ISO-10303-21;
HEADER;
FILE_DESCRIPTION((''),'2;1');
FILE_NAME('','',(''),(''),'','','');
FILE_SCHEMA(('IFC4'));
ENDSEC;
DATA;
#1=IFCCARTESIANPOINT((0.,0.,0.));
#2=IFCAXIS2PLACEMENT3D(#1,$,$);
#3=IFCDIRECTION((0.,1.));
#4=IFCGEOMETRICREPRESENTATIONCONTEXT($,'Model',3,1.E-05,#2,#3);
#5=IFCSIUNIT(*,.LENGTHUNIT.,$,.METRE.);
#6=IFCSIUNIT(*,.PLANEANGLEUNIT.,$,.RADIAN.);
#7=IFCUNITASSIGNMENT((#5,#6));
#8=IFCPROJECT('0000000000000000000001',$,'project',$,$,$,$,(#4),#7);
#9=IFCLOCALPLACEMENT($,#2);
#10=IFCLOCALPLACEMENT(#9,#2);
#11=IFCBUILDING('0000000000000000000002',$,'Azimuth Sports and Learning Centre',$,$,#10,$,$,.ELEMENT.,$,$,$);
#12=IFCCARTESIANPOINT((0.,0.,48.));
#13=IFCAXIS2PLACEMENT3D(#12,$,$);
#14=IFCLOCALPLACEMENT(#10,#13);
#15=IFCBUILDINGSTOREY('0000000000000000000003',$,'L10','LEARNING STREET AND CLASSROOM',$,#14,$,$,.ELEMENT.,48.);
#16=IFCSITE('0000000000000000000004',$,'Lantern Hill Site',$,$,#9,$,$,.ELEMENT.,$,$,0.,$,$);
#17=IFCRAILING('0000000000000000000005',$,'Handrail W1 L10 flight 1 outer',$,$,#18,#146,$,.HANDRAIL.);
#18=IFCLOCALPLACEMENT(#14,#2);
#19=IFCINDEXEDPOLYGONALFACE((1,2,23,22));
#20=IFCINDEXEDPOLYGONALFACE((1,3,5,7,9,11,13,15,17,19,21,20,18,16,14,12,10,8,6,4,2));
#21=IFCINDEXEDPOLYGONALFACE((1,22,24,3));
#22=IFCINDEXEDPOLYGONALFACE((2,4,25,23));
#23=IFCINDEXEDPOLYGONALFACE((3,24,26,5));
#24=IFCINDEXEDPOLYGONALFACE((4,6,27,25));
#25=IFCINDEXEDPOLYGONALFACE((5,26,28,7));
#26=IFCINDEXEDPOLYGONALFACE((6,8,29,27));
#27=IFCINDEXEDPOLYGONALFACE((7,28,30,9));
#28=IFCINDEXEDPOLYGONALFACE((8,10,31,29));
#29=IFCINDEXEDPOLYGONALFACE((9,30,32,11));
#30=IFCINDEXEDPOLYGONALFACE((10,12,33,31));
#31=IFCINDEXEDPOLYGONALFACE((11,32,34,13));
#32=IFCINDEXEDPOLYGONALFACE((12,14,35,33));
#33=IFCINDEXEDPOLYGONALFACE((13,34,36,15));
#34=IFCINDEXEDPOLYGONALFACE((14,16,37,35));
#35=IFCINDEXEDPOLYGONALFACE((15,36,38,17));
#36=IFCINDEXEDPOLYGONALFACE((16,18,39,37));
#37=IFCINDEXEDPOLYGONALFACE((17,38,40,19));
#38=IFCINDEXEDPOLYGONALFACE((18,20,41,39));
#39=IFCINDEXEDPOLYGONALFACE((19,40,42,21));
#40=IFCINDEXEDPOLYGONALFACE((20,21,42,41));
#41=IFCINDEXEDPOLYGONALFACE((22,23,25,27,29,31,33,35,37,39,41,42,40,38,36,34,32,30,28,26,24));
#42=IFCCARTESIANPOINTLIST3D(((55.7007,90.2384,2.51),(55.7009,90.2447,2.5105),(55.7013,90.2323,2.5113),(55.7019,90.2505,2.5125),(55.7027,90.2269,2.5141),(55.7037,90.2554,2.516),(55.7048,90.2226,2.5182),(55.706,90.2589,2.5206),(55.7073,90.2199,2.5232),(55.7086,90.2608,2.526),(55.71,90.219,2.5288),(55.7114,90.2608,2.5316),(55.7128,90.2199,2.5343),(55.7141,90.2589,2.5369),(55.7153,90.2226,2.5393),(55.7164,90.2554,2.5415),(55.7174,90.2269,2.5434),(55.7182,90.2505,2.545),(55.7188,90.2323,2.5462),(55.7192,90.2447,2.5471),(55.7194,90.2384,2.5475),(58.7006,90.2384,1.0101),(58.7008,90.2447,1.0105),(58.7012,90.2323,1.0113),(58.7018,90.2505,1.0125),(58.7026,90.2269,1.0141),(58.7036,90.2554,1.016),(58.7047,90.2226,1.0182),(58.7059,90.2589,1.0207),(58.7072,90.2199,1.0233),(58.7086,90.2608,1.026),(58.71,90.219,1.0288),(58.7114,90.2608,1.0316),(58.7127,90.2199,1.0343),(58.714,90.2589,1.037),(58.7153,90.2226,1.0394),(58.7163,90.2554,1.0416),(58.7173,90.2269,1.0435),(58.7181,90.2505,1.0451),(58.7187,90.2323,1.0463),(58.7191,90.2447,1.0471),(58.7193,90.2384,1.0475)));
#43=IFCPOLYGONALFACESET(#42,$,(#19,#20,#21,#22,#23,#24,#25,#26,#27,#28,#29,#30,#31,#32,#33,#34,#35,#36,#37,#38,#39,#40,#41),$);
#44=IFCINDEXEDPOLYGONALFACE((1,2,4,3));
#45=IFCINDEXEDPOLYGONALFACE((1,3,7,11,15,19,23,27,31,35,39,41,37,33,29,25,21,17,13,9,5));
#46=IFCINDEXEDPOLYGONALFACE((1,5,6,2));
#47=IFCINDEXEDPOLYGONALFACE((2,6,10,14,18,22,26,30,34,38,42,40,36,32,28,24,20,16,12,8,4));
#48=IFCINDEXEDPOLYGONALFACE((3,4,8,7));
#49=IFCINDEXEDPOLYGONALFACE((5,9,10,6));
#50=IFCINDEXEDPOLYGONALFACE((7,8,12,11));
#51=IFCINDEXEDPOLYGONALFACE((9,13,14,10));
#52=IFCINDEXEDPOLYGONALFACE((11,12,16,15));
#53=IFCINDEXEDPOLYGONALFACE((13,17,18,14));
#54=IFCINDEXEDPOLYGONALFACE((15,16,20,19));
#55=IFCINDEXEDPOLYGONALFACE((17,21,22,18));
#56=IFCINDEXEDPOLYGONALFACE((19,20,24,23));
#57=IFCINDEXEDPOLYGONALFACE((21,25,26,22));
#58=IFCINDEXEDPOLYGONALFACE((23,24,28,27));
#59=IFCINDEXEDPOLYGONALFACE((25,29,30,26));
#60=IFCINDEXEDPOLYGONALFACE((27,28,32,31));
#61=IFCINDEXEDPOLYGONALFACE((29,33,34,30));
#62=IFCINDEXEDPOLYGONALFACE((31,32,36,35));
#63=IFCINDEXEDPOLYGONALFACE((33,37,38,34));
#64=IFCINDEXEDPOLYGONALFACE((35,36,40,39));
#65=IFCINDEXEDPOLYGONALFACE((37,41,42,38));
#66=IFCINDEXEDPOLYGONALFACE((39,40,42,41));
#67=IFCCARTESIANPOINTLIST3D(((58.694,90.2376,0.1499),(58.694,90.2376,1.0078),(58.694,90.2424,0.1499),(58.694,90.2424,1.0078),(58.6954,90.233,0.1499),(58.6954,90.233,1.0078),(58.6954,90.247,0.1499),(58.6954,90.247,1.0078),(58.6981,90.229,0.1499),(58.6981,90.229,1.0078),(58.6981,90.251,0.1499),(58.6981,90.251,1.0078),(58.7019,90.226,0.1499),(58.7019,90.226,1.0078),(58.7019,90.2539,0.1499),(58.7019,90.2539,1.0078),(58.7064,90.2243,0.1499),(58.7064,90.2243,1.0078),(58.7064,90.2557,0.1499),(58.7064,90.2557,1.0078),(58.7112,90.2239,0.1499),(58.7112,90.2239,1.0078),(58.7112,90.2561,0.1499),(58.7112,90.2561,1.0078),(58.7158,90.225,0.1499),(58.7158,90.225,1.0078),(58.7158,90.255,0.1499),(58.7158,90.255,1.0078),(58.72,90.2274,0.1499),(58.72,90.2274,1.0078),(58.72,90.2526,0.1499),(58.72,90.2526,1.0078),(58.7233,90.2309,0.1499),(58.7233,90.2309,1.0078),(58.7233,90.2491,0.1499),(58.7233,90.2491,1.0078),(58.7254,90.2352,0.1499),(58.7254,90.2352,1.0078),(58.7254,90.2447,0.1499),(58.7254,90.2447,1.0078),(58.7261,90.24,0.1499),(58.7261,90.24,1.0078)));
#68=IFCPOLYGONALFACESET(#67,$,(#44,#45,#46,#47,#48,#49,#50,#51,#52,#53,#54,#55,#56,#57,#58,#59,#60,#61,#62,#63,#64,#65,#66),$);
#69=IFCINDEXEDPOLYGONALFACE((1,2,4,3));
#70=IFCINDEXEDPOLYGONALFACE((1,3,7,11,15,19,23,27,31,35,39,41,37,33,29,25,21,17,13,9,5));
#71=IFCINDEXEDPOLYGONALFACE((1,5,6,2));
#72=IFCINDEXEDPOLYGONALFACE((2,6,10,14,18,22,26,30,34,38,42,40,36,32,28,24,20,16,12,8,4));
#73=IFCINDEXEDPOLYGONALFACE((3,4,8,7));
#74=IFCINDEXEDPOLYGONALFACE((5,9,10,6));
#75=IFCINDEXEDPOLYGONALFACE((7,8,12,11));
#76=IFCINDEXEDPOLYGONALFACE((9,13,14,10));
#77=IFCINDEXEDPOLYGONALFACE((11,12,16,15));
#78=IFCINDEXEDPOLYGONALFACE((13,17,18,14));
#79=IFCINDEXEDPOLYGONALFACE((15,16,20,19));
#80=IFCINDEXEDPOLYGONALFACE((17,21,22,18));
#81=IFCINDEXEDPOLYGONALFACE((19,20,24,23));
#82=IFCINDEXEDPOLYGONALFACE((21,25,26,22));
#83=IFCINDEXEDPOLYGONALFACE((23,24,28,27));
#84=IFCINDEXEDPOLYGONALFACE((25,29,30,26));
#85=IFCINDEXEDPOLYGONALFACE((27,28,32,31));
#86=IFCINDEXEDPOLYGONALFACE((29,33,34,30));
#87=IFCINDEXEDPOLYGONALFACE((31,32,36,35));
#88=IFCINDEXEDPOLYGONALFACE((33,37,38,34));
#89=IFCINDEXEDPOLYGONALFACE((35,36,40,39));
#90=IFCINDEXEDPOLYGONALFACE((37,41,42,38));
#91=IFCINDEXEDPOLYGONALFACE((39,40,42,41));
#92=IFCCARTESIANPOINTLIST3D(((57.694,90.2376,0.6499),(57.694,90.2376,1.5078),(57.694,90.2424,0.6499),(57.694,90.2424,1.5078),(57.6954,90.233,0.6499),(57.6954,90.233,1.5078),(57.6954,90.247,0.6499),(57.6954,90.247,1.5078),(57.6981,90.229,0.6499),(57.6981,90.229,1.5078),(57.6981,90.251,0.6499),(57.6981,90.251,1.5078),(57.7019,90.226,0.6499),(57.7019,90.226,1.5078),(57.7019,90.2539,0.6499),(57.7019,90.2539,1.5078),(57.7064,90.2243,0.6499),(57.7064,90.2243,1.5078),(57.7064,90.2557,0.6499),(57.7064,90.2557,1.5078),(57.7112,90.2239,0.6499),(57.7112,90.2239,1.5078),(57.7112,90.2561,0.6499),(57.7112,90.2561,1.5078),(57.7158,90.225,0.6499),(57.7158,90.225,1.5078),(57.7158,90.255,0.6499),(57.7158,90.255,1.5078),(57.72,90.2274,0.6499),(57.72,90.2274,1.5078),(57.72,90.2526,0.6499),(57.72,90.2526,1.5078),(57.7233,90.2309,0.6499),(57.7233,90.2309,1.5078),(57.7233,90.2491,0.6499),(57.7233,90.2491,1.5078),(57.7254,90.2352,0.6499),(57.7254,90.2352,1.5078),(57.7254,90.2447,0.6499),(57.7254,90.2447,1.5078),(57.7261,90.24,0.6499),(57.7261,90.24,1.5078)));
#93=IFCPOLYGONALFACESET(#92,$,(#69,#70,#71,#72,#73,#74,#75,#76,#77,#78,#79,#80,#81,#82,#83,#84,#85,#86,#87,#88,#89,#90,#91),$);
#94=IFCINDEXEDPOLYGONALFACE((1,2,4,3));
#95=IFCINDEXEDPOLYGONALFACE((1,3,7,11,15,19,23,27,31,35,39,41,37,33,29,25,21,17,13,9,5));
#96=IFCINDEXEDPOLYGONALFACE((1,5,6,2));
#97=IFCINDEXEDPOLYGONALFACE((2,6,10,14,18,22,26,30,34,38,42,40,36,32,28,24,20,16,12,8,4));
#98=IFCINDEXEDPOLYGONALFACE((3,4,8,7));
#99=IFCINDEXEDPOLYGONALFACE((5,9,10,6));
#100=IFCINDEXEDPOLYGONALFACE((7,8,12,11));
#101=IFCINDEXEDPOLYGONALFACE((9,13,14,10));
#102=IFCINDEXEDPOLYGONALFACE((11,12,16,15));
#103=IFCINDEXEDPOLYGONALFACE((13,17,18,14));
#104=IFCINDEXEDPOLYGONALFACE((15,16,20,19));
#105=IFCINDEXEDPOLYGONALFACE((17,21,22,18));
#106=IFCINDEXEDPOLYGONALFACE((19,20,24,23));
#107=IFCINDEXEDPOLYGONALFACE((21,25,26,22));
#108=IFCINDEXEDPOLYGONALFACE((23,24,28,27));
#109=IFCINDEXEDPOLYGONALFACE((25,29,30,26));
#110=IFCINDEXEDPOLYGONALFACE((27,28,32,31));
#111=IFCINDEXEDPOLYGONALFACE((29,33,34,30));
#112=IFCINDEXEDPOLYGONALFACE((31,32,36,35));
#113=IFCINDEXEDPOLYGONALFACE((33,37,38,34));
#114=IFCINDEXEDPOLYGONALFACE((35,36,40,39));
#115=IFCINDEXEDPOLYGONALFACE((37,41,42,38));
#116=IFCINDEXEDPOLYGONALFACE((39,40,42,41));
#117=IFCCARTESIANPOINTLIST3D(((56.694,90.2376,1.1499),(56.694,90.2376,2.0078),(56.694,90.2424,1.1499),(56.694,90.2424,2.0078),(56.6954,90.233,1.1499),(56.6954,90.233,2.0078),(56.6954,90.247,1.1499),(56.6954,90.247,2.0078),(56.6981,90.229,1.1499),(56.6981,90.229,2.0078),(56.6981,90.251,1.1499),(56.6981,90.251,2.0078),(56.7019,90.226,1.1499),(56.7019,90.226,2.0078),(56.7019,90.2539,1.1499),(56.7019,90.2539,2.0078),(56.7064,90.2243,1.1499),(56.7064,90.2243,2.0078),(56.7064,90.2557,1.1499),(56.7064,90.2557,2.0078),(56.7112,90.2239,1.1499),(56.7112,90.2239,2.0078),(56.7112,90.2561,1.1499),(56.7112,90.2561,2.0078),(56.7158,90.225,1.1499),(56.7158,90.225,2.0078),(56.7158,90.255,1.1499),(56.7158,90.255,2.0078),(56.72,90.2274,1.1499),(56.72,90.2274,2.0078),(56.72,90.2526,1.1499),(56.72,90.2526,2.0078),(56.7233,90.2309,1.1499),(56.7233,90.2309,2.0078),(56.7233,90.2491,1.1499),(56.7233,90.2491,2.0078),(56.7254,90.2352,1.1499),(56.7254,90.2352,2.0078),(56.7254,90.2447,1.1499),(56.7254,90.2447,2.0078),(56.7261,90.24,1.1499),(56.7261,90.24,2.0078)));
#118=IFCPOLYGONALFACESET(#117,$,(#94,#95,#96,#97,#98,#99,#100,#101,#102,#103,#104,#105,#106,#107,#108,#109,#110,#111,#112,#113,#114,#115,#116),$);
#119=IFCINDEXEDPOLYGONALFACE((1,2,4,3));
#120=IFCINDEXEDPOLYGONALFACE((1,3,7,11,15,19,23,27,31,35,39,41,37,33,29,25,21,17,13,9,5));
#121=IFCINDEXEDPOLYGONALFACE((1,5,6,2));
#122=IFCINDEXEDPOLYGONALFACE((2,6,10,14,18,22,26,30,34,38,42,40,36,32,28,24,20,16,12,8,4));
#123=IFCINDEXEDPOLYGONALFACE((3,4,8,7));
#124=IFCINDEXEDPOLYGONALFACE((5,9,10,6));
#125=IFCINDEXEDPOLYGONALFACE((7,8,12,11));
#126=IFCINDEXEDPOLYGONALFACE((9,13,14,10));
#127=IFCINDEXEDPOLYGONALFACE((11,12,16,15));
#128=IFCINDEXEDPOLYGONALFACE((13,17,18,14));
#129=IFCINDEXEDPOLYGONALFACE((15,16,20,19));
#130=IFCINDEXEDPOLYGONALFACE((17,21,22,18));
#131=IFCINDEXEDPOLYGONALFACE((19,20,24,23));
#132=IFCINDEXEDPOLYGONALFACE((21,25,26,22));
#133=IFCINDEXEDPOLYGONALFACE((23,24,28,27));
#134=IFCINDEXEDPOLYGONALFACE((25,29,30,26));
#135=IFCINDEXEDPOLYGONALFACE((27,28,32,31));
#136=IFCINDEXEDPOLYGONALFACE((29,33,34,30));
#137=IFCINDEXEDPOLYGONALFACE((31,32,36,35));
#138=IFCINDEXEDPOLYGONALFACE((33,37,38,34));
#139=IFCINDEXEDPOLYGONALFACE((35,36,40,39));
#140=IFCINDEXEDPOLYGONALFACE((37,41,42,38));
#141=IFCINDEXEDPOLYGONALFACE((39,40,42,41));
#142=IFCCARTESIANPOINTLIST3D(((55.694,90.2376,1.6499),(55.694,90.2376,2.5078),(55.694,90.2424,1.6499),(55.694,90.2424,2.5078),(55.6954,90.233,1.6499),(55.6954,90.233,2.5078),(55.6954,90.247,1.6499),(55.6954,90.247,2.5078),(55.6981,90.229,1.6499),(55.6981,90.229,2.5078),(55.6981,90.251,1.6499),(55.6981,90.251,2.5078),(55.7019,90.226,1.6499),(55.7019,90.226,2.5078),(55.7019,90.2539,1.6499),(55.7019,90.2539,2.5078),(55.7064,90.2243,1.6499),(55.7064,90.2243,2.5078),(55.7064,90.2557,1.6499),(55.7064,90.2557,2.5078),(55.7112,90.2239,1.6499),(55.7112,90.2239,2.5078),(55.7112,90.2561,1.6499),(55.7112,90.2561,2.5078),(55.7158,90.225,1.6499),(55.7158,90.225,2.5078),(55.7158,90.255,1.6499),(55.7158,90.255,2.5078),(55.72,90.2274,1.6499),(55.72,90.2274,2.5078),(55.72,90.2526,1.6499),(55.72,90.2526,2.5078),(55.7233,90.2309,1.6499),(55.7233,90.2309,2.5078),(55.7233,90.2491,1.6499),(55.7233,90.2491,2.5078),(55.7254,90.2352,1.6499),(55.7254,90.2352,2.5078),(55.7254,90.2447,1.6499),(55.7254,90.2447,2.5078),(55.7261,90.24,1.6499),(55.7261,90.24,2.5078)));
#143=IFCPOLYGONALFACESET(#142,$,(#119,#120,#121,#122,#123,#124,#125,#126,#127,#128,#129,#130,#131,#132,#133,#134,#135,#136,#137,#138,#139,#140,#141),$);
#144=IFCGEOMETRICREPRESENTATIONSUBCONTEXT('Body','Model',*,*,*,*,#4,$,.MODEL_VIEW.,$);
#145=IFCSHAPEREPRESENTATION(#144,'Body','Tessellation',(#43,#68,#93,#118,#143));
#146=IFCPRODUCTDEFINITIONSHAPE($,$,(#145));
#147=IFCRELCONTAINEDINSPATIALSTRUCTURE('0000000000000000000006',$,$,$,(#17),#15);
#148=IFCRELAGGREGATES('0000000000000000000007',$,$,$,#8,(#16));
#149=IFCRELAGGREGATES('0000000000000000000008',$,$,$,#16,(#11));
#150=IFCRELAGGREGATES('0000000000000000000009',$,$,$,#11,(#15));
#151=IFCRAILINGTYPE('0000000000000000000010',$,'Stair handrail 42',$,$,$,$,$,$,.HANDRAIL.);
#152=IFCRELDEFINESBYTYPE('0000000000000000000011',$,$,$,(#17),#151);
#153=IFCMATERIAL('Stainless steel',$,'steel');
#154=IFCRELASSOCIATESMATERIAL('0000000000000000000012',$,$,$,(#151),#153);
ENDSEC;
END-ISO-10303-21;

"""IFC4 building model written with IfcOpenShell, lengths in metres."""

from ifc_helpers import new_model, si_unit, direction, frame, origin, origin_2d, place, context, subcontext, project, spatial, circle, extrude, material, type_object, element, save


model = new_model("IFC4")

# Units and contexts
model_context = context("Model", 3, precision=1e-05, world=origin(), true_north=direction((0.0, 1.0)))
body_context = subcontext(model_context, "Body", "Model", "MODEL_VIEW")
ifc_project = project(units=[si_unit("LENGTHUNIT", "METRE"), si_unit("PLANEANGLEUNIT", "RADIAN")], contexts=[model_context])

# Site, building, storey
site_placement = place(None, origin())
site = spatial("IfcSite", under=ifc_project, at=site_placement, Name="Lantern Hill Site", CompositionType="ELEMENT", RefElevation=0.0)
building_placement = place(site_placement, origin())
building = spatial("IfcBuilding", under=site, at=building_placement, Name="Azimuth Sports and Learning Centre", CompositionType="ELEMENT")
storey_placement = place(building_placement, frame((0.0, 0.0, 48.0)))
storey = spatial("IfcBuildingStorey", under=building, at=storey_placement, Name="L10", Description="LEARNING STREET AND CLASSROOM", CompositionType="ELEMENT", Elevation=48.0)

# Railing
ifc_material_1 = material(Name="Stainless steel", Category="steel")
railing_type_1 = type_object("IfcRailingType", Name="Stair handrail 42", PredefinedType="HANDRAIL", material=ifc_material_1)
for number, where, name in (
    (1, (58.71, 90.24, 0.1499), "Handrail W1 L10 flight 1 outer"),
):
    element("IfcRailing", number, at=place(storey_placement, frame(where)), inside=storey, type_object=railing_type_1, Name=name, PredefinedType="HANDRAIL", context=body_context, shape_type="SweptSolid", body=[
        extrude(circle(Radius=0.021, at=origin_2d()), frame((0.0, 0.0, 0.8789), z_axis=(-0.894427, 0.0, 0.447214), x_axis=(0.0, -1.0, 0.0)), (0.0, 0.0, 1.0), 3.354),
        extrude(circle(Radius=0.0161, at=origin_2d()), origin(), (0.0, 0.0, 1.0), 0.8579),
        extrude(circle(Radius=0.0161, at=origin_2d()), frame((-1.0, 0.0, 0.5)), (0.0, 0.0, 1.0), 0.8579),
        extrude(circle(Radius=0.0161, at=origin_2d()), frame((-2.0, 0.0, 1.0)), (0.0, 0.0, 1.0), 0.8579),
        extrude(circle(Radius=0.0161, at=origin_2d()), frame((-3.0, 0.0, 1.5)), (0.0, 0.0, 1.0), 0.8579),
    ])

save(model, "model.ifc")
